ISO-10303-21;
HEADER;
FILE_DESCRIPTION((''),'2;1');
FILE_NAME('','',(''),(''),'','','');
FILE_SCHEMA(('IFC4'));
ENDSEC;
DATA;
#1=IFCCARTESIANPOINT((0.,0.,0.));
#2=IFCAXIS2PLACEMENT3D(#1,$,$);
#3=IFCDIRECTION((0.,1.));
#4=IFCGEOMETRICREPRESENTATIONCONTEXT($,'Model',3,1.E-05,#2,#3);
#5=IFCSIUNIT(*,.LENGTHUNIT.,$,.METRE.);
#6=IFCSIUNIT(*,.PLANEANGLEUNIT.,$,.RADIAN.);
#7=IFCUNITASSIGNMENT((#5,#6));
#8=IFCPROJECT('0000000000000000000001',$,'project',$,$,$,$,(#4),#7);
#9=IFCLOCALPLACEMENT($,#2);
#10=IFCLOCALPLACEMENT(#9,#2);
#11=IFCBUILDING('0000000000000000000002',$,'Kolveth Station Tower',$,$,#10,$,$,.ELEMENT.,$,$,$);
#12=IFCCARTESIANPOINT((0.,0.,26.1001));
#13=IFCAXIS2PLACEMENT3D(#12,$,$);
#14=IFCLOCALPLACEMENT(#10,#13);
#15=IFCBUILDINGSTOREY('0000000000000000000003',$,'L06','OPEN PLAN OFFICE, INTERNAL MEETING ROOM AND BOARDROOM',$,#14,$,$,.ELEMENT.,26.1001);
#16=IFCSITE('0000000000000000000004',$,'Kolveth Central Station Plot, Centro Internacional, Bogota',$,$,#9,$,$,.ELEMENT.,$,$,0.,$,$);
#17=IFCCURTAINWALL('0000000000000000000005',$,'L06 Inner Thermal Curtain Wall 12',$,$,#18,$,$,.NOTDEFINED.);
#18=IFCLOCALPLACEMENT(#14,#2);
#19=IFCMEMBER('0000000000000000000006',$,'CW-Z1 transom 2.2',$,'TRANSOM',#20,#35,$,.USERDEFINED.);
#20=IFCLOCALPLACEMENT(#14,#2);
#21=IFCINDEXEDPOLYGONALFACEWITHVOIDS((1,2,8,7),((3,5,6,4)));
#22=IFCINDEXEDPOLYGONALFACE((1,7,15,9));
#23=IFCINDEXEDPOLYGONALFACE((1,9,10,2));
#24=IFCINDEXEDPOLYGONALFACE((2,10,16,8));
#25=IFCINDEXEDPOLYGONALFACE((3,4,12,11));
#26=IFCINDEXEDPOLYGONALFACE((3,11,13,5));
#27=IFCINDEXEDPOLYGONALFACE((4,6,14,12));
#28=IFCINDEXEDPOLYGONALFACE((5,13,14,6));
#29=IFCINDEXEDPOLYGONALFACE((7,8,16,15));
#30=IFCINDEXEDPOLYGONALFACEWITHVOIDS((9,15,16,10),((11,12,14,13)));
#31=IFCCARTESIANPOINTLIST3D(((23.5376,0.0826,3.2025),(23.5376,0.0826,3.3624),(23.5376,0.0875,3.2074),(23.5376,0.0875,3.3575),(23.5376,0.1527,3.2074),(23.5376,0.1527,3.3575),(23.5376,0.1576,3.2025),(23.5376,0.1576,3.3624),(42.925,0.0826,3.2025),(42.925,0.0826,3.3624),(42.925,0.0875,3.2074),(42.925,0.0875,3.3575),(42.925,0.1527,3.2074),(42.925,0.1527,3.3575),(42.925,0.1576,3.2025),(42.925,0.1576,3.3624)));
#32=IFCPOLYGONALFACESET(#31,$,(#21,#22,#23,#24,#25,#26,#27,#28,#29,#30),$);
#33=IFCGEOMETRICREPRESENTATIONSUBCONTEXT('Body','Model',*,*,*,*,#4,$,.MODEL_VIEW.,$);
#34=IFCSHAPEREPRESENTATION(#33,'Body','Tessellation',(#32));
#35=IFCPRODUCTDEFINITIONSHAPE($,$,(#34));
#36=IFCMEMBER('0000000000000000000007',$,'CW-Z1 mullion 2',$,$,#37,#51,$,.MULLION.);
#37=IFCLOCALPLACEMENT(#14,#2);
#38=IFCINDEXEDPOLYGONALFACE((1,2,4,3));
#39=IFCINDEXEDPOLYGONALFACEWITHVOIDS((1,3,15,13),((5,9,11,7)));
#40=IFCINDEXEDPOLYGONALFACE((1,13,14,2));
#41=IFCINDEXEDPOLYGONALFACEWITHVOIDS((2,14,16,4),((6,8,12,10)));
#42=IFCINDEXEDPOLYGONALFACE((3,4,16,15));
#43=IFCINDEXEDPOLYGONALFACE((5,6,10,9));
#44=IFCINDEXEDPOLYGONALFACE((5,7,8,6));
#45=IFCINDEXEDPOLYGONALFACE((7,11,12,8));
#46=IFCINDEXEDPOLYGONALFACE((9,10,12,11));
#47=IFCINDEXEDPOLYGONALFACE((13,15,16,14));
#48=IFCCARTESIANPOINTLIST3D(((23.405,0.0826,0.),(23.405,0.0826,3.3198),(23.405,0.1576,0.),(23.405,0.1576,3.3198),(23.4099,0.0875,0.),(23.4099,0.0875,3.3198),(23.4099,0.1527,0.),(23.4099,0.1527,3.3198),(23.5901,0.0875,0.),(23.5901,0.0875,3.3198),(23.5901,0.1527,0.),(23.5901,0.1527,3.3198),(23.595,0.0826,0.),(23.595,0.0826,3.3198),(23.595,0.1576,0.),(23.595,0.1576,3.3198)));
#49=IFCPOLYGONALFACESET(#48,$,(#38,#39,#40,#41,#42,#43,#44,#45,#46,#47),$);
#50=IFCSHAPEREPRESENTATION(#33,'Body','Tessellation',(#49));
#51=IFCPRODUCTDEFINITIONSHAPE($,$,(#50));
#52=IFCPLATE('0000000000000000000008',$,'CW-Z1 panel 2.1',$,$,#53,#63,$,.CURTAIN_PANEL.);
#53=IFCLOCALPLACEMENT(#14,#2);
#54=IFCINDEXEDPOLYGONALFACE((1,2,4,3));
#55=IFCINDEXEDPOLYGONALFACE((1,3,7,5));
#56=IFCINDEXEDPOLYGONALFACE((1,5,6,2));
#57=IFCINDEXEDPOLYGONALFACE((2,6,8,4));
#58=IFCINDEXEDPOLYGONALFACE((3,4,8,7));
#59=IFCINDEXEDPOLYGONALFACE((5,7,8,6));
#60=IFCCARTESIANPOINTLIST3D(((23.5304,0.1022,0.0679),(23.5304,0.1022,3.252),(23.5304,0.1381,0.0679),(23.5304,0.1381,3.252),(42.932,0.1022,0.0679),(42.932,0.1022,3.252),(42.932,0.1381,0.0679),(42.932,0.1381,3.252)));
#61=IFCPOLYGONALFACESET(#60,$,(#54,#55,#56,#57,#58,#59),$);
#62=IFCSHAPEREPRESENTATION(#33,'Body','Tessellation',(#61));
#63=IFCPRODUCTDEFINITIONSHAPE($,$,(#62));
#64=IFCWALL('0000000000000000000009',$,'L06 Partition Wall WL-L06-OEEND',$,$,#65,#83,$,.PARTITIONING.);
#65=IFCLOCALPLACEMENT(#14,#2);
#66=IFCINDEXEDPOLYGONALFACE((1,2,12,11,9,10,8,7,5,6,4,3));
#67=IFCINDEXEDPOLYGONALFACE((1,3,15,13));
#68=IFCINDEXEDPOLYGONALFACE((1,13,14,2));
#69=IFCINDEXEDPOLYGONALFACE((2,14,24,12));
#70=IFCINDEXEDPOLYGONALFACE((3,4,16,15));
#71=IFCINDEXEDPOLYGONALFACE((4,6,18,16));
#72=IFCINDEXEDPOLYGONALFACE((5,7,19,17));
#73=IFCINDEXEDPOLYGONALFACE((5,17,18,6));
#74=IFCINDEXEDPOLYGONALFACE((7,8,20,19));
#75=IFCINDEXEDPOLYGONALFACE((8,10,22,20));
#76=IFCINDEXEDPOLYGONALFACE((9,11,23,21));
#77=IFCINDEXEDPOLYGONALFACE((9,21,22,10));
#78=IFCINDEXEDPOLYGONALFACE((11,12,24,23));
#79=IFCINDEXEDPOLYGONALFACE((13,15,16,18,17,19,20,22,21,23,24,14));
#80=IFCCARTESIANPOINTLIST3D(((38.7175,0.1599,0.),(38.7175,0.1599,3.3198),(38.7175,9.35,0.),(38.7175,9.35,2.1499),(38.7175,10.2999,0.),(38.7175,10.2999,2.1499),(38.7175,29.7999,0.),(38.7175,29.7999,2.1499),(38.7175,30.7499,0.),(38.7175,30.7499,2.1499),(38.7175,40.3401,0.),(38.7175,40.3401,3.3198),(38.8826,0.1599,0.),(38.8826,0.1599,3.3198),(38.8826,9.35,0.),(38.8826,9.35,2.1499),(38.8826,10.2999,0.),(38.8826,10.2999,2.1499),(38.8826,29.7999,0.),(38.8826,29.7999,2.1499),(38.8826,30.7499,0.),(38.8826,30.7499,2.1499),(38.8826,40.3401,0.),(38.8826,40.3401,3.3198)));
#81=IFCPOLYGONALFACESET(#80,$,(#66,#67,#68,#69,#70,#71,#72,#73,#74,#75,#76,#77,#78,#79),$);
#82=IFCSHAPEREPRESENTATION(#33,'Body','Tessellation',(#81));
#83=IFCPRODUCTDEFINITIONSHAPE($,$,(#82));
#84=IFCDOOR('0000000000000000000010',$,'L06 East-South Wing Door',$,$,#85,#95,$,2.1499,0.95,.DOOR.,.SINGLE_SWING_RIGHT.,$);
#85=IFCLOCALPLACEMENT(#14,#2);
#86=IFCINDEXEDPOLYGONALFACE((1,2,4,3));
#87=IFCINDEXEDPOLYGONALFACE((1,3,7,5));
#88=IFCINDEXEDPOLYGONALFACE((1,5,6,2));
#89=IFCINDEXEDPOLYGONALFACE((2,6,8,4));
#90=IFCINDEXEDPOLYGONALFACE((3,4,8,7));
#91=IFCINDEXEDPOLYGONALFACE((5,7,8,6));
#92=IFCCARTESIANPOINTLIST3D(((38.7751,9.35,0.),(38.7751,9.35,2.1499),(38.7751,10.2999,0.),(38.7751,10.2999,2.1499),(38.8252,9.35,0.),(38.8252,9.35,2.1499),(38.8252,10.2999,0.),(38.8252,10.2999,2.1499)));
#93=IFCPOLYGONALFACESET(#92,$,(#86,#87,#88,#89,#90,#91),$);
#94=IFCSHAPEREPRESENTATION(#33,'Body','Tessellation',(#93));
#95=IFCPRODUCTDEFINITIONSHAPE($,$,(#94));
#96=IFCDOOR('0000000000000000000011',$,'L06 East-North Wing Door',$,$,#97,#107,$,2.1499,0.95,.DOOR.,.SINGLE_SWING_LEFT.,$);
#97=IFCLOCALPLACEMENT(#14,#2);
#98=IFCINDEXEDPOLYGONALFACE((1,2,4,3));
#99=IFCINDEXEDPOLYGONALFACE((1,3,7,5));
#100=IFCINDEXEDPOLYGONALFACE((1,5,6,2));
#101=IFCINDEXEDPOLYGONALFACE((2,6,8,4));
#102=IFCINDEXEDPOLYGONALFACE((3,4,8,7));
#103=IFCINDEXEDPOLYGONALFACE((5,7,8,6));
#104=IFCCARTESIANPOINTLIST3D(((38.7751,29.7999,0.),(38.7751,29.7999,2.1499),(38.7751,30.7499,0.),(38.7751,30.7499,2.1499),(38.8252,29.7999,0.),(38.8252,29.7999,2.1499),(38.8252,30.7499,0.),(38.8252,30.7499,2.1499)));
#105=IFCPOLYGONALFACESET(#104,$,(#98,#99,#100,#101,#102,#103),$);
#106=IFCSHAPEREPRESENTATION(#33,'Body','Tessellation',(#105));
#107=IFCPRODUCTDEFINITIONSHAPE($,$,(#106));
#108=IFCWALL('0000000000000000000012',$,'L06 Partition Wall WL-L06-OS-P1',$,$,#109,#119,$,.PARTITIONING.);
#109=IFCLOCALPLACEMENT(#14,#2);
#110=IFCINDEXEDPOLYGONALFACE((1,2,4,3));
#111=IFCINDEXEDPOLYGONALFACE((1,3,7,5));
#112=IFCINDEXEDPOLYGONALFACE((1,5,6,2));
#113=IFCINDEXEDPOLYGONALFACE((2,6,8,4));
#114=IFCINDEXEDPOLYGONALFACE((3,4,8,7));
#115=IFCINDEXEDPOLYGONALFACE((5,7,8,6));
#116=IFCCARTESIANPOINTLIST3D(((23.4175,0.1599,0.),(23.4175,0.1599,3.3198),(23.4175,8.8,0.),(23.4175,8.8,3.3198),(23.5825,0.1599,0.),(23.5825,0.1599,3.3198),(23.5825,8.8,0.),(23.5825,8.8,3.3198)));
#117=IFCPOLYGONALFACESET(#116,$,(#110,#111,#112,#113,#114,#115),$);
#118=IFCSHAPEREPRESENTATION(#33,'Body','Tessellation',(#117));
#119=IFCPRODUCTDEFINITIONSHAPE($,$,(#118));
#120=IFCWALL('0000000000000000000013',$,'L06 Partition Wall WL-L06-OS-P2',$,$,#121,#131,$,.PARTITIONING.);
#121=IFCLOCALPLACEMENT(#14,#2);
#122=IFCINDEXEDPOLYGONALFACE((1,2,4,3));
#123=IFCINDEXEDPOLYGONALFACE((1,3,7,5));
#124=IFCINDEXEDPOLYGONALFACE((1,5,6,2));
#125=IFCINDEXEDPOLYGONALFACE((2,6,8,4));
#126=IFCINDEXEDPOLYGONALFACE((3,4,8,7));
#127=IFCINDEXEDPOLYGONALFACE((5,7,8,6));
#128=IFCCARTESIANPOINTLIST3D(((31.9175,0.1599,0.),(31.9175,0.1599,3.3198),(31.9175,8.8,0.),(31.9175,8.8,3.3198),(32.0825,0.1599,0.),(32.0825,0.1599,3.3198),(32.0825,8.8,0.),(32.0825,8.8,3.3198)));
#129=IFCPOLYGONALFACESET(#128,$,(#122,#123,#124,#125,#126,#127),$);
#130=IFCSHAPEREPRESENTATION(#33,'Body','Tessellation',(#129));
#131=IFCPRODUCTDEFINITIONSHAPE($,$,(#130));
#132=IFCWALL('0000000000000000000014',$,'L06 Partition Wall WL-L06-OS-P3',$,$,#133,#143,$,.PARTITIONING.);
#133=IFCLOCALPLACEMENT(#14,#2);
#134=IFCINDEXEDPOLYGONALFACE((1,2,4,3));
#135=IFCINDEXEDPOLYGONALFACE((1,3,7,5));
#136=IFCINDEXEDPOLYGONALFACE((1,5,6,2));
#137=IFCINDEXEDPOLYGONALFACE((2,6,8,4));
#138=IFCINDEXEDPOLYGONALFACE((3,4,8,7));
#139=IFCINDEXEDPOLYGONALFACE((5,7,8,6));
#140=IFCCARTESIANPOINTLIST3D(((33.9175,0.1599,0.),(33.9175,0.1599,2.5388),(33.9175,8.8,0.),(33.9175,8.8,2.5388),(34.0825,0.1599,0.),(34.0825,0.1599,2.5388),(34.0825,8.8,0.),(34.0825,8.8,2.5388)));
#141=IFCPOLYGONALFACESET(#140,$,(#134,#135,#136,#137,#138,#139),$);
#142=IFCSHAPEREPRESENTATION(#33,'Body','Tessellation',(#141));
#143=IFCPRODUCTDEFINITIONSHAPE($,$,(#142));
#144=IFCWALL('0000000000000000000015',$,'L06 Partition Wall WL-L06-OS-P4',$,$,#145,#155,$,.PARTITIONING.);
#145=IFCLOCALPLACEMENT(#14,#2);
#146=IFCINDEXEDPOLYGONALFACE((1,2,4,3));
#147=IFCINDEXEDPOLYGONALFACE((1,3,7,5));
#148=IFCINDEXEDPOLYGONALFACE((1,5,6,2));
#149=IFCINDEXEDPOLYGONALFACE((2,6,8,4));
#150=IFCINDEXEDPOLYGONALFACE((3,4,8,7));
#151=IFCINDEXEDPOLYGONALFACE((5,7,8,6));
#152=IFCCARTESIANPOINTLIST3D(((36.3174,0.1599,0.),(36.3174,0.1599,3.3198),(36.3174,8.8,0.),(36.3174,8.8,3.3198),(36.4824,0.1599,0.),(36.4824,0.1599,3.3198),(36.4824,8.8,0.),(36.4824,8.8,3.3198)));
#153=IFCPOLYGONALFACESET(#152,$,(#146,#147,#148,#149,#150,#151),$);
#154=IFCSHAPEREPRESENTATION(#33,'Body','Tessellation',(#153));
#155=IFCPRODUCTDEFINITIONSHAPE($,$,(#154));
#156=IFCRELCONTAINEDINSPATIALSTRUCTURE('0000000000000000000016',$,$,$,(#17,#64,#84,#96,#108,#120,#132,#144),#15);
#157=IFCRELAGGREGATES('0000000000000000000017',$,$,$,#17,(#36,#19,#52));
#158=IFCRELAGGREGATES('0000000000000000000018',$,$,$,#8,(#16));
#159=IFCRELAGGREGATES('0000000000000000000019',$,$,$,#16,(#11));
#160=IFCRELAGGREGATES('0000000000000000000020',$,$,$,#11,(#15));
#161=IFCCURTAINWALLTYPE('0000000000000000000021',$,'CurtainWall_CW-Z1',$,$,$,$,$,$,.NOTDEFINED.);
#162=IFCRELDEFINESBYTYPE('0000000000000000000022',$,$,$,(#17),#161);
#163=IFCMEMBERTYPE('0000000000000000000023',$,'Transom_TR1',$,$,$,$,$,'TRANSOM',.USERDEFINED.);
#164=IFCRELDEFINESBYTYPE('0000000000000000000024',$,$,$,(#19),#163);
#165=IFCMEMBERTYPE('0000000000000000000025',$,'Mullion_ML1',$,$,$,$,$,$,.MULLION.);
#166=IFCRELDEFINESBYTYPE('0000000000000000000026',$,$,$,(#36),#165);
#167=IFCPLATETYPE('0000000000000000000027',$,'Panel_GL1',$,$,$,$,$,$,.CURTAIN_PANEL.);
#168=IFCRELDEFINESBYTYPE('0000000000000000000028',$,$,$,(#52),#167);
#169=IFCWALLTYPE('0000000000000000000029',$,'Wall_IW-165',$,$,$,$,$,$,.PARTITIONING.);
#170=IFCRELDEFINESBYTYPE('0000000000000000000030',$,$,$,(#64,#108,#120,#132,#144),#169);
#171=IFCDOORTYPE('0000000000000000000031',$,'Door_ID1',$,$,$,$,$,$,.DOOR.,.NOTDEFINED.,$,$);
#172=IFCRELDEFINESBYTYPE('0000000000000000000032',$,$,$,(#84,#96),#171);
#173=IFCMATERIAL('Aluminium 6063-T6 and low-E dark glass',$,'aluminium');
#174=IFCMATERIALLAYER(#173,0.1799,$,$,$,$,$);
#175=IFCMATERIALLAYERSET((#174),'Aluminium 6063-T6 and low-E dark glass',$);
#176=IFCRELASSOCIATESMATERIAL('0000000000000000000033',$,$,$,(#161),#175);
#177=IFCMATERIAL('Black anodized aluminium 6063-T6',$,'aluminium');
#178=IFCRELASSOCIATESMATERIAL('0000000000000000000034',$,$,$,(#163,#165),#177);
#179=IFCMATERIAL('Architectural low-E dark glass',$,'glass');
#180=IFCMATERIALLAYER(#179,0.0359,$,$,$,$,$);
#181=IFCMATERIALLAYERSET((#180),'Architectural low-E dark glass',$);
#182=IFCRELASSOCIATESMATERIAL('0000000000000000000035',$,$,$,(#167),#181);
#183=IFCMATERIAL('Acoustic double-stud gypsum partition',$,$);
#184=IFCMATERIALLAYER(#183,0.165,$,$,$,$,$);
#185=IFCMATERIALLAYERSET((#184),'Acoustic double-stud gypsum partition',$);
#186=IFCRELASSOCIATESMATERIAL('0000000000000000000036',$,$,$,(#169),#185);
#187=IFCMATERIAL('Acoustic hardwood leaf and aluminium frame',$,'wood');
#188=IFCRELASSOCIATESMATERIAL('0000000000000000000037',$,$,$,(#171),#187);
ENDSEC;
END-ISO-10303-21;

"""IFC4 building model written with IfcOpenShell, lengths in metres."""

from ifc_helpers import new_model, si_unit, direction, frame, frame_2d, origin, origin_2d, place, context, subcontext, project, spatial, rectangle, hollow_rectangle, extrude, source, transform, mapped, material, layer, layer_set, material_profile, profile_set, type_object, element, fill, aggregate, save


model = new_model("IFC4")

# Units and contexts
model_context = context("Model", 3, precision=1e-05, world=origin(), true_north=direction((0.0, 1.0)))
body_context = subcontext(model_context, "Body", "Model", "MODEL_VIEW")
ifc_project = project(units=[si_unit("LENGTHUNIT", "METRE"), si_unit("PLANEANGLEUNIT", "RADIAN")], contexts=[model_context])

# Site, building, storey
site_placement = place(None, origin())
site = spatial("IfcSite", under=ifc_project, at=site_placement, Name="Kolveth Central Station Plot, Centro Internacional, Bogota", CompositionType="ELEMENT", RefElevation=0.0)
building_placement = place(site_placement, origin())
building = spatial("IfcBuilding", under=site, at=building_placement, Name="Kolveth Station Tower", CompositionType="ELEMENT")
storey_placement = place(building_placement, frame((0.0, 0.0, 26.1001)))
storey = spatial("IfcBuildingStorey", under=building, at=storey_placement, Name="L06", Description="OPEN PLAN OFFICE, INTERNAL MEETING ROOM AND BOARDROOM", CompositionType="ELEMENT", Elevation=26.1001)

# Curtain wall, members, plate
ifc_material_1 = material(Name="Aluminium 6063-T6 and low-E dark glass", Category="aluminium")
ifc_layer_1 = layer(ifc_material_1, 0.1799)
ifc_layer_set_1 = layer_set([ifc_layer_1], Name="Aluminium 6063-T6 and low-E dark glass")
curtain_wall_type = type_object("IfcCurtainWallType", Name="CurtainWall_CW-Z1", PredefinedType="NOTDEFINED", material=ifc_layer_set_1)
curtain_wall_placement = place(storey_placement, origin())
curtain_wall = element("IfcCurtainWall", 1, at=curtain_wall_placement, inside=storey, type_object=curtain_wall_type, Name="L06 Inner Thermal Curtain Wall 12", PredefinedType="NOTDEFINED")
ifc_material_2 = material(Name="Black anodized aluminium 6063-T6", Category="aluminium")
ifc_material_profile_1 = material_profile(ifc_material_2, hollow_rectangle(XDim=0.075, YDim=0.1599, WallThickness=0.0049, at=origin_2d()), Name="ALU-75x160x5")
ifc_profile_set_1 = profile_set([ifc_material_profile_1], Name="Black anodized aluminium 6063-T6")
member_type_1 = type_object("IfcMemberType", Name="Transom_TR1", ElementType="TRANSOM", PredefinedType="USERDEFINED", material=ifc_profile_set_1)
shared_shape_1 = source(origin(), body_context, "Body", "SweptSolid", [
    extrude(hollow_rectangle(XDim=0.075, YDim=0.1599, WallThickness=0.0049, at=origin_2d()), origin(), (0.0, 0.0, 1.0), 19.3875),
])
member_1_placement = place(storey_placement, frame((23.5376, 0.1201, 3.2825), z_axis=(1.0, 0.0, 0.0), x_axis=(0.0, 1.0, 0.0)))
member_1 = element("IfcMember", 2, at=member_1_placement, type_object=member_type_1, Name="CW-Z1 transom 2.2", ObjectType="TRANSOM", PredefinedType="USERDEFINED", context=body_context, shape_type="MappedRepresentation", body=[
    mapped(shared_shape_1, transform((0.0, 0.0, 0.0), x_axis=(1.0, 0.0, 0.0), y_axis=(0.0, 1.0, 0.0), z_axis=(0.0, 0.0, 1.0), scale=1.0)),
])
ifc_material_profile_2 = material_profile(ifc_material_2, hollow_rectangle(XDim=0.075, YDim=0.1899, WallThickness=0.0049, at=origin_2d()), Name="ALU-75x190x5")
ifc_profile_set_2 = profile_set([ifc_material_profile_2], Name="Black anodized aluminium 6063-T6")
member_type_2 = type_object("IfcMemberType", Name="Mullion_ML1", PredefinedType="MULLION", material=ifc_profile_set_2)
shared_shape_2 = source(origin(), body_context, "Body", "SweptSolid", [
    extrude(hollow_rectangle(XDim=0.075, YDim=0.1899, WallThickness=0.0049, at=origin_2d()), origin(), (0.0, 0.0, 1.0), 3.3198),
])
member_2_placement = place(storey_placement, frame((23.5, 0.1201, 0.0), z_axis=(0.0, 0.0, 1.0), x_axis=(0.0, 1.0, 0.0)))
member_2 = element("IfcMember", 3, at=member_2_placement, type_object=member_type_2, Name="CW-Z1 mullion 2", PredefinedType="MULLION", context=body_context, shape_type="MappedRepresentation", body=[
    mapped(shared_shape_2, transform((0.0, 0.0, 0.0), x_axis=(1.0, 0.0, 0.0), y_axis=(0.0, 1.0, 0.0), z_axis=(0.0, 0.0, 1.0), scale=1.0)),
])
ifc_material_3 = material(Name="Architectural low-E dark glass", Category="glass")
ifc_layer_2 = layer(ifc_material_3, 0.0359)
ifc_layer_set_2 = layer_set([ifc_layer_2], Name="Architectural low-E dark glass")
plate_type = type_object("IfcPlateType", Name="Panel_GL1", PredefinedType="CURTAIN_PANEL", material=ifc_layer_set_2)
shared_shape_3 = source(origin(), body_context, "Body", "SweptSolid", [
    extrude(rectangle(XDim=19.4016, YDim=0.0359, at=origin_2d()), origin(), (0.0, 0.0, 1.0), 3.1841),
])
plate_placement = place(storey_placement, frame((33.2312, 0.1201, 0.0679), z_axis=(0.0, 0.0, 1.0), x_axis=(1.0, 0.0, 0.0)))
plate = element("IfcPlate", 4, at=plate_placement, type_object=plate_type, Name="CW-Z1 panel 2.1", PredefinedType="CURTAIN_PANEL", context=body_context, shape_type="MappedRepresentation", body=[
    mapped(shared_shape_3, transform((0.0, 0.0, 0.0), x_axis=(1.0, 0.0, 0.0), y_axis=(0.0, 1.0, 0.0), z_axis=(0.0, 0.0, 1.0), scale=1.0)),
])
aggregate(curtain_wall, [member_2, member_1, plate])

# Wall, openings, doors
ifc_material_4 = material(Name="Acoustic double-stud gypsum partition")
ifc_layer_3 = layer(ifc_material_4, 0.165)
ifc_layer_set_3 = layer_set([ifc_layer_3], Name="Acoustic double-stud gypsum partition")
wall_type = type_object("IfcWallType", Name="Wall_IW-165", PredefinedType="PARTITIONING", material=ifc_layer_set_3)
wall_1_placement = place(storey_placement, frame((38.8, 0.1599, 0.0), z_axis=(0.0, 0.0, 1.0), x_axis=(0.0, 1.0, 0.0)))
wall_1 = element("IfcWall", 5, at=wall_1_placement, inside=storey, type_object=wall_type, Name="L06 Partition Wall WL-L06-OEEND", PredefinedType="PARTITIONING", context=body_context, shape_type="SweptSolid", body=[
    extrude(rectangle(XDim=40.1802, YDim=0.165, at=frame_2d((20.0901, 0.0))), origin(), (0.0, 0.0, 1.0), 3.3198),
])
opening_1_placement = place(wall_1_placement, frame((9.1899, 0.0, 0.0)))
opening_1 = element("IfcOpeningElement", 6, at=opening_1_placement, cuts=wall_1, PredefinedType="OPENING", context=body_context, shape_type="SweptSolid", body=[
    extrude(rectangle(XDim=0.95, YDim=2.1499, at=frame_2d((0.4751, 1.075))), frame((0.0, 0.0925, 0.0), z_axis=(0.0, -1.0, 0.0), x_axis=(1.0, 0.0, 0.0)), (0.0, 0.0, 1.0), 0.1851),
])
opening_2_placement = place(wall_1_placement, frame((29.6399, 0.0, 0.0)))
opening_2 = element("IfcOpeningElement", 7, at=opening_2_placement, cuts=wall_1, PredefinedType="OPENING", context=body_context, shape_type="SweptSolid", body=[
    extrude(rectangle(XDim=0.95, YDim=2.1499, at=frame_2d((0.4751, 1.075))), frame((0.0, 0.0925, 0.0), z_axis=(0.0, -1.0, 0.0), x_axis=(1.0, 0.0, 0.0)), (0.0, 0.0, 1.0), 0.1851),
])
ifc_material_5 = material(Name="Acoustic hardwood leaf and aluminium frame", Category="wood")
door_type = type_object("IfcDoorType", Name="Door_ID1", OperationType="NOTDEFINED", PredefinedType="DOOR", material=ifc_material_5)
door_1_placement = place(opening_1_placement, origin())
door_1 = element("IfcDoor", 8, at=door_1_placement, inside=storey, type_object=door_type, Name="L06 East-South Wing Door", OperationType="SINGLE_SWING_RIGHT", OverallHeight=2.1499, OverallWidth=0.95, PredefinedType="DOOR", context=body_context, shape_type="SweptSolid", body=[
    extrude(rectangle(XDim=0.95, YDim=2.1499, at=frame_2d((0.4751, 1.075))), frame((0.0, 0.0249, 0.0), z_axis=(0.0, -1.0, 0.0), x_axis=(1.0, 0.0, 0.0)), (0.0, 0.0, 1.0), 0.05),
])
fill(opening_1, door_1)
door_2_placement = place(opening_2_placement, origin())
door_2 = element("IfcDoor", 9, at=door_2_placement, inside=storey, type_object=door_type, Name="L06 East-North Wing Door", OperationType="SINGLE_SWING_LEFT", OverallHeight=2.1499, OverallWidth=0.95, PredefinedType="DOOR", context=body_context, shape_type="SweptSolid", body=[
    extrude(rectangle(XDim=0.95, YDim=2.1499, at=frame_2d((0.4751, 1.075))), frame((0.0, 0.0249, 0.0), z_axis=(0.0, -1.0, 0.0), x_axis=(1.0, 0.0, 0.0)), (0.0, 0.0, 1.0), 0.05),
])
fill(opening_2, door_2)

# Walls
for number, where, z_axis, x_axis, name in (
    (10, (23.5, 0.1599, 0.0), (0.0, 0.0, 1.0), (0.0, 1.0, 0.0), "L06 Partition Wall WL-L06-OS-P1"),
    (11, (32.0, 0.1599, 0.0), (0.0, 0.0, 1.0), (0.0, 1.0, 0.0), "L06 Partition Wall WL-L06-OS-P2"),
):
    element("IfcWall", number, at=place(storey_placement, frame(where, z_axis=z_axis, x_axis=x_axis)), inside=storey, type_object=wall_type, Name=name, PredefinedType="PARTITIONING", context=body_context, shape_type="SweptSolid", body=[
        extrude(rectangle(XDim=8.6401, YDim=0.165, at=frame_2d((4.3201, 0.0))), origin(), (0.0, 0.0, 1.0), 3.3198),
    ])
wall_2_placement = place(storey_placement, frame((34.0, 0.1599, 0.0), z_axis=(0.0, 0.0, 1.0), x_axis=(0.0, 1.0, 0.0)))
element("IfcWall", 12, at=wall_2_placement, inside=storey, type_object=wall_type, Name="L06 Partition Wall WL-L06-OS-P3", PredefinedType="PARTITIONING", context=body_context, shape_type="SweptSolid", body=[
    extrude(rectangle(XDim=8.6401, YDim=0.165, at=frame_2d((4.3201, 0.0))), origin(), (0.0, 0.0, 1.0), 2.5388),
])
wall_3_placement = place(storey_placement, frame((36.3999, 0.1599, 0.0), z_axis=(0.0, 0.0, 1.0), x_axis=(0.0, 1.0, 0.0)))
element("IfcWall", 13, at=wall_3_placement, inside=storey, type_object=wall_type, Name="L06 Partition Wall WL-L06-OS-P4", PredefinedType="PARTITIONING", context=body_context, shape_type="SweptSolid", body=[
    extrude(rectangle(XDim=8.6401, YDim=0.165, at=frame_2d((4.3201, 0.0))), origin(), (0.0, 0.0, 1.0), 3.3198),
])

save(model, "model.ifc")
